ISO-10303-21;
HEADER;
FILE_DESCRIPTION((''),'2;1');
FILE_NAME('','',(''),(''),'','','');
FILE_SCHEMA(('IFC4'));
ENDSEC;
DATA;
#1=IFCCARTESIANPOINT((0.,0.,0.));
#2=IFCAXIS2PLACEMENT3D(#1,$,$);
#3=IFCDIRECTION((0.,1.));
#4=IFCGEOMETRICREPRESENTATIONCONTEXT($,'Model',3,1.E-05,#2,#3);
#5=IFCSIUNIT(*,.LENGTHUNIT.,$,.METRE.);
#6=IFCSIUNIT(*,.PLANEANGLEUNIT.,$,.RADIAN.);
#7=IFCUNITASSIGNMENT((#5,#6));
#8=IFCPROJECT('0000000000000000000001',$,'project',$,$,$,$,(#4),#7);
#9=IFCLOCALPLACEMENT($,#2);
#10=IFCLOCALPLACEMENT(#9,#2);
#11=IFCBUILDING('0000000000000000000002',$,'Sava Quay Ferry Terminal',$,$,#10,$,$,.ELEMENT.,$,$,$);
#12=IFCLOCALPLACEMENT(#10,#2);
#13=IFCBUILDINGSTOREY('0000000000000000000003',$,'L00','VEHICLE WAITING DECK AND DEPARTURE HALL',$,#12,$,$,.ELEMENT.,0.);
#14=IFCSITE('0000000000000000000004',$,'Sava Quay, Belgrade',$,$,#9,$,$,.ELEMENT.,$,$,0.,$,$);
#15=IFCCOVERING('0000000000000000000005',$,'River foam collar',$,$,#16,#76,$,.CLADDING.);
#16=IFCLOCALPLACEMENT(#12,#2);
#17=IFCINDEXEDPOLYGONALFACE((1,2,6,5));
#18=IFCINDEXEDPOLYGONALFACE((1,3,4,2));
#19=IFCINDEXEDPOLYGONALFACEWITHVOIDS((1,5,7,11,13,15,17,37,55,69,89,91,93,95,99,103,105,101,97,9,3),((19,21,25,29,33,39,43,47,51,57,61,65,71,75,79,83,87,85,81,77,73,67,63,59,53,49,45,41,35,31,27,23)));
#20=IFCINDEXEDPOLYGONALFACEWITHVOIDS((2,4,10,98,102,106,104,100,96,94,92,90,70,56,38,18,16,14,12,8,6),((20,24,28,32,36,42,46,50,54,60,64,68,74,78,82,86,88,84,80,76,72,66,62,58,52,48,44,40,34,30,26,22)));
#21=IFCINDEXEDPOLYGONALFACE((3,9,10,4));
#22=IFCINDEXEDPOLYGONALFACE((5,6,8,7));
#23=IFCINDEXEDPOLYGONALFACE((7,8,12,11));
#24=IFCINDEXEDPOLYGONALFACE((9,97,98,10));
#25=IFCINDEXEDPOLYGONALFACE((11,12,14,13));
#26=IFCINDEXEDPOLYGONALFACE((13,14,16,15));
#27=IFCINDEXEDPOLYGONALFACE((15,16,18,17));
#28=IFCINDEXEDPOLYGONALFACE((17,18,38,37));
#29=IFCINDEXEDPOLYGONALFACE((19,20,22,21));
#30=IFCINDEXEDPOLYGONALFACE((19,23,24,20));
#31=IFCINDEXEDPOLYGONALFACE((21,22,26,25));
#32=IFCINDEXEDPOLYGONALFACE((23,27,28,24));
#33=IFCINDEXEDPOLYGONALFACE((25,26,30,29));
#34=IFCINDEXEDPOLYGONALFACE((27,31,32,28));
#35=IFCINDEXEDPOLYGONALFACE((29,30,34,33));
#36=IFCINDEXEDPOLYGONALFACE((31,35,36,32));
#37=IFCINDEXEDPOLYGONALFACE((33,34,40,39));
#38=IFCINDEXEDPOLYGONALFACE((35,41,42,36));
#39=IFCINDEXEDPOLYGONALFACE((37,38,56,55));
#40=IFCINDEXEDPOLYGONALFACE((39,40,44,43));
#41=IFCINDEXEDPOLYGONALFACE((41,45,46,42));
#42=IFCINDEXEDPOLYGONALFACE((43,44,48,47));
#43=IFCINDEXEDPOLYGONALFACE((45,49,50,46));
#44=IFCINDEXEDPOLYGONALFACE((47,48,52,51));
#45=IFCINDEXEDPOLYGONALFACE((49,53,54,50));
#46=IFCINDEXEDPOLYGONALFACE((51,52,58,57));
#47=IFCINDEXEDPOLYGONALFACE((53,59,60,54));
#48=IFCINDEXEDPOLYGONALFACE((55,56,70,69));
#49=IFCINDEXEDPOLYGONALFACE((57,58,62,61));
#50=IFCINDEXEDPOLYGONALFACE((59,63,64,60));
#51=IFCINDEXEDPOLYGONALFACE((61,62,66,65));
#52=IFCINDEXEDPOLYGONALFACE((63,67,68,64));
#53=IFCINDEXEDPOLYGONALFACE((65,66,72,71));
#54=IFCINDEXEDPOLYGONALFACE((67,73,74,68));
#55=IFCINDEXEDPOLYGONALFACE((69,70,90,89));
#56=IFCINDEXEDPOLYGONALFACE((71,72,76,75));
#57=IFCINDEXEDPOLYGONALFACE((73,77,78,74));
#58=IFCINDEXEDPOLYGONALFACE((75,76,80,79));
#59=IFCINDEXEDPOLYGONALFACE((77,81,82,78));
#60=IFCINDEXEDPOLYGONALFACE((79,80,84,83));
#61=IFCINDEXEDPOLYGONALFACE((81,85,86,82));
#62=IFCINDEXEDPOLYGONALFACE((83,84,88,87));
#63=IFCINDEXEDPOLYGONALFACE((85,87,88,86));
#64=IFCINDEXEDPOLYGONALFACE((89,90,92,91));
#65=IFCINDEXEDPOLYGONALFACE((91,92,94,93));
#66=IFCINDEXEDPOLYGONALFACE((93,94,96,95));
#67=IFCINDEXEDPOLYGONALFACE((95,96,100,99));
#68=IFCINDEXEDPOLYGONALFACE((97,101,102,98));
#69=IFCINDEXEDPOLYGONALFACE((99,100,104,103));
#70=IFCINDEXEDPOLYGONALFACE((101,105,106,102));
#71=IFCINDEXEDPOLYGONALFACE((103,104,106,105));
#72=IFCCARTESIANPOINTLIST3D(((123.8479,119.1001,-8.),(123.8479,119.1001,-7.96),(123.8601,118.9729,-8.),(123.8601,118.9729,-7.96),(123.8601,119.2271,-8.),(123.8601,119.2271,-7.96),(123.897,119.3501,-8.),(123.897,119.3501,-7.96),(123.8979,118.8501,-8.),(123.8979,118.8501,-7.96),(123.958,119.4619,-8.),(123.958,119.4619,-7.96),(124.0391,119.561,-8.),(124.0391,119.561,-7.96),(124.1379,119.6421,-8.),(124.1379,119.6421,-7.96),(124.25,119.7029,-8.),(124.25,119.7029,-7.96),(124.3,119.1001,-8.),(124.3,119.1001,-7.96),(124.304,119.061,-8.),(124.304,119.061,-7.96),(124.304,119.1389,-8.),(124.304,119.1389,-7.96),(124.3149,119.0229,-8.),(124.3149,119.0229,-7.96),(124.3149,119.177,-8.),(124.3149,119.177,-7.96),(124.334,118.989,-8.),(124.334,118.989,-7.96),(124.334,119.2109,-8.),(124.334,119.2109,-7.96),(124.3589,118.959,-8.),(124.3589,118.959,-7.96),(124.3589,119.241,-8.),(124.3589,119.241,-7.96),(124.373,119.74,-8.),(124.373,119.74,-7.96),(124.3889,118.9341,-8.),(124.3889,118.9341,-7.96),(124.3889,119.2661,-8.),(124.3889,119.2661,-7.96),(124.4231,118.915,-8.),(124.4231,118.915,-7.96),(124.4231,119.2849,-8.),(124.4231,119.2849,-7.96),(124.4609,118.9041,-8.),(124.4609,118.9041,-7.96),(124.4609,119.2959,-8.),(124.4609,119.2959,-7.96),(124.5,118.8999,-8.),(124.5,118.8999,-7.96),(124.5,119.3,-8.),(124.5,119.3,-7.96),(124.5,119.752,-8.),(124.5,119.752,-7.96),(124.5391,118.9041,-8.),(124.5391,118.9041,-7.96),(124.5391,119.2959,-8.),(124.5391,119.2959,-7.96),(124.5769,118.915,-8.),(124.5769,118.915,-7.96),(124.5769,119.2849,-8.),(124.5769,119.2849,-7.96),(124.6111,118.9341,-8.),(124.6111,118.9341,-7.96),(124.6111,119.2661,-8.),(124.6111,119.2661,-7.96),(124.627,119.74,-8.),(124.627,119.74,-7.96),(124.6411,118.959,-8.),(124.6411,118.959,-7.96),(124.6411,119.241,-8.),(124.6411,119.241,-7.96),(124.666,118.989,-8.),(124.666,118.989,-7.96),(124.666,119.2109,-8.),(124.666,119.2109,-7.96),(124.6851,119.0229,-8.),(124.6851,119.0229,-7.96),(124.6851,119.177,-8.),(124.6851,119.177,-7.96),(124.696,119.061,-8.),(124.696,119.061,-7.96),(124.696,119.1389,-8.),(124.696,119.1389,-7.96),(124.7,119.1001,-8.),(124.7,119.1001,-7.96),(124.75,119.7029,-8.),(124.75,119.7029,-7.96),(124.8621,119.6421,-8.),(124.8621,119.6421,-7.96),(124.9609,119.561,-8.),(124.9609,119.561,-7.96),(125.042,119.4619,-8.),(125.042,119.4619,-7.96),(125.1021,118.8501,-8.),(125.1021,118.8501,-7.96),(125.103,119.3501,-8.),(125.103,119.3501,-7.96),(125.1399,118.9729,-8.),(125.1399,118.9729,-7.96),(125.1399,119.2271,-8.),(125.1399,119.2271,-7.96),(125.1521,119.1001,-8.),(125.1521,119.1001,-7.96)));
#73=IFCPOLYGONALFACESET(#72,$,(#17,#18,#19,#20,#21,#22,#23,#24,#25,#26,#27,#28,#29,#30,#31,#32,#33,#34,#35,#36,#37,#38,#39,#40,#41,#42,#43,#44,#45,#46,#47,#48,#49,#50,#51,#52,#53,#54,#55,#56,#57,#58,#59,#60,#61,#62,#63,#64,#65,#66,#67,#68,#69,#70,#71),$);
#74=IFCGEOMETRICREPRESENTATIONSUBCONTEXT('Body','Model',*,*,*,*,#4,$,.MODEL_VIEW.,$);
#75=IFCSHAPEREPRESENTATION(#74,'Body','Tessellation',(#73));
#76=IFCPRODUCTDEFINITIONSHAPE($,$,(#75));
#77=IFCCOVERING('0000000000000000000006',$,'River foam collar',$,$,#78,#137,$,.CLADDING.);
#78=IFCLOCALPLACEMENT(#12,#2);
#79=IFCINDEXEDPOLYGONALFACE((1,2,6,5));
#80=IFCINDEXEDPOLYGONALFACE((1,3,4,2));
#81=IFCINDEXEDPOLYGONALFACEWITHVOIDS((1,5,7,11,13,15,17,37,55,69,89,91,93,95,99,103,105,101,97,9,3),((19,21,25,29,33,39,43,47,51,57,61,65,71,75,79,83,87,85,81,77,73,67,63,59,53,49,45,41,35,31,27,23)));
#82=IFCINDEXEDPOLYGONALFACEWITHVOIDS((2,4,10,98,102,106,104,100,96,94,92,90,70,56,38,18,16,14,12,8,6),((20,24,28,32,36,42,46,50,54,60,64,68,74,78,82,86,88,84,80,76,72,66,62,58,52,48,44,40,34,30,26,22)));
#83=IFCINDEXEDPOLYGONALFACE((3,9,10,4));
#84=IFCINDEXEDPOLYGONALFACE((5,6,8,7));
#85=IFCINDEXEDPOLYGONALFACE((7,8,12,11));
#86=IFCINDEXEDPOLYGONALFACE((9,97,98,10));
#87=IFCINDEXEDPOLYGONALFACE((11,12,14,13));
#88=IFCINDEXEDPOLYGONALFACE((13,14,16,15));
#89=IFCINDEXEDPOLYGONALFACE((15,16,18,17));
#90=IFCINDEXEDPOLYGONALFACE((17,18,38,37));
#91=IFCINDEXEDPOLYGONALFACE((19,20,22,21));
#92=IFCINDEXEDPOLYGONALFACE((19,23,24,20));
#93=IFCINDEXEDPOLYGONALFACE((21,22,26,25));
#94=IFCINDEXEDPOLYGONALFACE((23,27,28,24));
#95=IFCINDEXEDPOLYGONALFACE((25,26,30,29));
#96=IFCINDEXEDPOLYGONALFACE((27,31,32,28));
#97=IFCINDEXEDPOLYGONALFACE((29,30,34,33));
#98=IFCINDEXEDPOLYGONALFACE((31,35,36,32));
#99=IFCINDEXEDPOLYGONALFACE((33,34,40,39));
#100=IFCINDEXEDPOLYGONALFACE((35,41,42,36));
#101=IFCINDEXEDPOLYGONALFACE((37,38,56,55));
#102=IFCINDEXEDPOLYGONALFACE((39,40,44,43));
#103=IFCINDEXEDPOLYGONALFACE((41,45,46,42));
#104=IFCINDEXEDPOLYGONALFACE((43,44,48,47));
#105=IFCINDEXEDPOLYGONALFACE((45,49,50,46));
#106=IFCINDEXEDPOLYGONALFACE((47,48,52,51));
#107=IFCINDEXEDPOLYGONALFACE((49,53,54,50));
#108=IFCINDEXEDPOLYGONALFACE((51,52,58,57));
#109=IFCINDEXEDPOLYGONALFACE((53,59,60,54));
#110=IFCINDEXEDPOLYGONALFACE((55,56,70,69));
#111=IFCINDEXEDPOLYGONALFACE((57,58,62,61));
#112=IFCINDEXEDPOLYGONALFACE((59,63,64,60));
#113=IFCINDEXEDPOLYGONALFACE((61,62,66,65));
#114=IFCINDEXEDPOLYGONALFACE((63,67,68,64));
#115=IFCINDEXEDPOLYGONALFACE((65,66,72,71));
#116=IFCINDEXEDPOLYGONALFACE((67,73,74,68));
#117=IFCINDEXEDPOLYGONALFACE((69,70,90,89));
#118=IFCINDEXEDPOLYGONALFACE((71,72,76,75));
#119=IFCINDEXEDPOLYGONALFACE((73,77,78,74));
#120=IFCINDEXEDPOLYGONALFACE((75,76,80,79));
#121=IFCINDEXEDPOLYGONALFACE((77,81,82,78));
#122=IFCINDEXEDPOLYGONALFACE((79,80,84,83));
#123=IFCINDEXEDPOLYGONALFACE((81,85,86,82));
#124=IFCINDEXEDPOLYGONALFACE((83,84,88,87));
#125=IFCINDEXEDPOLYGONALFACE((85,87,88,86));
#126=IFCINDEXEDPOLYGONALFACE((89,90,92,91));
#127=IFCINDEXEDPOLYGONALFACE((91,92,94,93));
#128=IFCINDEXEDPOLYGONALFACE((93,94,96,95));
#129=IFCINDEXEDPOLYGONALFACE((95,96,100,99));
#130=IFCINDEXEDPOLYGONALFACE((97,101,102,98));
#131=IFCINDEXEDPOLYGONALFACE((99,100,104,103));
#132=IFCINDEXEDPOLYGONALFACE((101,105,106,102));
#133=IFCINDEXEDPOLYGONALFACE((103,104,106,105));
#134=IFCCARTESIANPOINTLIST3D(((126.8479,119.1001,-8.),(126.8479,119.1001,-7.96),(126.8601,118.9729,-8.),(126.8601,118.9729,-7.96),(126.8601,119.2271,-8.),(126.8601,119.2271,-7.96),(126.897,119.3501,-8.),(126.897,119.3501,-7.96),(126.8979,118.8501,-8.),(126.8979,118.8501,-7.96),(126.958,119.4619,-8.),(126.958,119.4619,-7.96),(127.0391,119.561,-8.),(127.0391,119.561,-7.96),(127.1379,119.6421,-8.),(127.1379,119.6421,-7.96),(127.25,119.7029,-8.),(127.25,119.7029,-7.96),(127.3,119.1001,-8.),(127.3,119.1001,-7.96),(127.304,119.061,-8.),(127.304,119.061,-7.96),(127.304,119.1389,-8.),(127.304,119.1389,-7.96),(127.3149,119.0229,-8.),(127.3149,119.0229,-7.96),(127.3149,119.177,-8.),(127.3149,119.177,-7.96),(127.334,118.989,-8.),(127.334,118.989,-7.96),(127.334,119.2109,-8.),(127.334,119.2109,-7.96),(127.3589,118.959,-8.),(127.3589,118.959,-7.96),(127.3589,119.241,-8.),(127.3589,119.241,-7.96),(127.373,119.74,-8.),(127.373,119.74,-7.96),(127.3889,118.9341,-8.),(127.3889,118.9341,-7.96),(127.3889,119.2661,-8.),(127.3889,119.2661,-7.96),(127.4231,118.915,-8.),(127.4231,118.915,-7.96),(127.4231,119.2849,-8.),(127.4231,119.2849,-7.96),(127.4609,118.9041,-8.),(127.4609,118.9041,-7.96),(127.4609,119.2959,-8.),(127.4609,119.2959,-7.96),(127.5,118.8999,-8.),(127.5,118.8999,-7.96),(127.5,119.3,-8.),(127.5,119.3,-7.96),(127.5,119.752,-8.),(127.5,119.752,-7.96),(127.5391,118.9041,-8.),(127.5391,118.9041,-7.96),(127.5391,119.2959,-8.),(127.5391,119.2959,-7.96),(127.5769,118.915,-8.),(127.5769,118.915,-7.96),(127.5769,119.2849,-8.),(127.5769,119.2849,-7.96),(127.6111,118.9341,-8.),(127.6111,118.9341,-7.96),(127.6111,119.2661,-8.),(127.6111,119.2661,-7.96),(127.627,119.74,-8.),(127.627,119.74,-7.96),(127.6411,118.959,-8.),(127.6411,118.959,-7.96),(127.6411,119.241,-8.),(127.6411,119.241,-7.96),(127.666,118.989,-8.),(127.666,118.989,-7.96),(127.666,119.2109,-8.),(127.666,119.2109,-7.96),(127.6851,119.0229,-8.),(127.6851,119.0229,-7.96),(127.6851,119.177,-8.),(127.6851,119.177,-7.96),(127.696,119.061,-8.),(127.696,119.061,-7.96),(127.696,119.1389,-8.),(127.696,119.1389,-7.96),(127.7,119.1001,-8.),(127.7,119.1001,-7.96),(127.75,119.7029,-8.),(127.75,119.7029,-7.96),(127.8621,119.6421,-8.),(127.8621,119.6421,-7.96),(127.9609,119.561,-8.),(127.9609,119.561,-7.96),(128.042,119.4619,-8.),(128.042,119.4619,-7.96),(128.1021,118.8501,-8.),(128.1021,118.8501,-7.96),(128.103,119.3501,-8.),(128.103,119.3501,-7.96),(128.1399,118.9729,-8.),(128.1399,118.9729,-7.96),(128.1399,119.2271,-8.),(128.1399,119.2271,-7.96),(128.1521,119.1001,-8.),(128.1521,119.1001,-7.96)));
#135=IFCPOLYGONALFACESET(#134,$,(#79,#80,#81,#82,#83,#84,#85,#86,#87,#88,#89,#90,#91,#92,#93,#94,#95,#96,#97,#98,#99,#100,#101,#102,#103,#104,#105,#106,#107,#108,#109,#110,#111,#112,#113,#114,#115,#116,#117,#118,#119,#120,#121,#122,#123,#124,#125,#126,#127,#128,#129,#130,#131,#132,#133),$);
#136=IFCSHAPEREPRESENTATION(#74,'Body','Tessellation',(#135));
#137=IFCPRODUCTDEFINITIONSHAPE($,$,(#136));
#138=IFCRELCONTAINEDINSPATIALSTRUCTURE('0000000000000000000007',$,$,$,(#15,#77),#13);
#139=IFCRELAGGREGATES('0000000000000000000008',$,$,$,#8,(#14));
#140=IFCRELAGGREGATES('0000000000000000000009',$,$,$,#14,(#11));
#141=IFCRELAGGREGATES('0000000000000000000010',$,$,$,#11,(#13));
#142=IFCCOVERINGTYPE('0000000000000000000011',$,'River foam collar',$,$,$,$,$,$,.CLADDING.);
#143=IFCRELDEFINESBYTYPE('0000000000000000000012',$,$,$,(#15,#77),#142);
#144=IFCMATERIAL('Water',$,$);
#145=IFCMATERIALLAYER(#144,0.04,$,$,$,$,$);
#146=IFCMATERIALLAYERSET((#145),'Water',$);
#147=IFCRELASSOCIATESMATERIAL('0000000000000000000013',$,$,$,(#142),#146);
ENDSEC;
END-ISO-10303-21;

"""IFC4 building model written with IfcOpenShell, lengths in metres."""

from ifc_helpers import new_model, si_unit, direction, frame, origin, place, context, subcontext, project, spatial, polyline, outline, extrude, material, layer, layer_set, type_object, element, save


model = new_model("IFC4")

# Units and contexts
model_context = context("Model", 3, precision=1e-05, world=origin(), true_north=direction((0.0, 1.0)))
body_context = subcontext(model_context, "Body", "Model", "MODEL_VIEW")
ifc_project = project(units=[si_unit("LENGTHUNIT", "METRE"), si_unit("PLANEANGLEUNIT", "RADIAN")], contexts=[model_context])

# Site, building, storey
site_placement = place(None, origin())
site = spatial("IfcSite", under=ifc_project, at=site_placement, Name="Sava Quay, Belgrade", CompositionType="ELEMENT", RefElevation=0.0)
building_placement = place(site_placement, origin())
building = spatial("IfcBuilding", under=site, at=building_placement, Name="Sava Quay Ferry Terminal", CompositionType="ELEMENT")
storey_placement = place(building_placement, origin())
storey = spatial("IfcBuildingStorey", under=building, at=storey_placement, Name="L00", Description="VEHICLE WAITING DECK AND DEPARTURE HALL", CompositionType="ELEMENT", Elevation=0.0)

# Coverings
ifc_material = material(Name="Water")
ifc_layer = layer(ifc_material, 0.04)
ifc_layer_set = layer_set([ifc_layer], Name="Water")
covering_type = type_object("IfcCoveringType", Name="River foam collar", PredefinedType="CLADDING", material=ifc_layer_set)
covering_1_placement = place(storey_placement, frame((0.0, 0.0, -8.0)))
element("IfcCovering", 1, at=covering_1_placement, inside=storey, type_object=covering_type, Name="River foam collar", PredefinedType="CLADDING", context=body_context, shape_type="SweptSolid", body=[
    extrude(outline(polyline([(124.5, 119.752), (124.373, 119.74), (124.25, 119.7029), (124.1379, 119.6421), (124.0391, 119.561), (123.958, 119.4619), (123.897, 119.3501), (123.8601, 119.2271), (123.8479, 119.1001), (123.8601, 118.9729), (123.8979, 118.8501), (125.1021, 118.8501), (125.1399, 118.9729), (125.1521, 119.1001), (125.1399, 119.2271), (125.103, 119.3501), (125.042, 119.4619), (124.9609, 119.561), (124.8621, 119.6421), (124.75, 119.7029), (124.627, 119.74), (124.5, 119.752)]), holes=[polyline([(124.6851, 119.177), (124.696, 119.1389), (124.7, 119.1001), (124.696, 119.061), (124.6851, 119.0229), (124.666, 118.989), (124.6411, 118.959), (124.6111, 118.9341), (124.5769, 118.915), (124.5391, 118.9041), (124.5, 118.8999), (124.4609, 118.9041), (124.4231, 118.915), (124.3889, 118.9341), (124.3589, 118.959), (124.334, 118.989), (124.3149, 119.0229), (124.304, 119.061), (124.3, 119.1001), (124.304, 119.1389), (124.3149, 119.177), (124.334, 119.2109), (124.3589, 119.241), (124.3889, 119.2661), (124.4231, 119.2849), (124.4609, 119.2959), (124.5, 119.3), (124.5391, 119.2959), (124.5769, 119.2849), (124.6111, 119.2661), (124.6411, 119.241), (124.666, 119.2109), (124.6851, 119.177)])]), origin(), (0.0, 0.0, 1.0), 0.04),
])
covering_2_placement = place(storey_placement, frame((0.0, 0.0, -8.0)))
element("IfcCovering", 2, at=covering_2_placement, inside=storey, type_object=covering_type, Name="River foam collar", PredefinedType="CLADDING", context=body_context, shape_type="SweptSolid", body=[
    extrude(outline(polyline([(127.627, 119.74), (127.5, 119.752), (127.373, 119.74), (127.25, 119.7029), (127.1379, 119.6421), (127.0391, 119.561), (126.958, 119.4619), (126.897, 119.3501), (126.8601, 119.2271), (126.8479, 119.1001), (126.8601, 118.9729), (126.8979, 118.8501), (128.1021, 118.8501), (128.1399, 118.9729), (128.1521, 119.1001), (128.1399, 119.2271), (128.103, 119.3501), (128.042, 119.4619), (127.9609, 119.561), (127.8621, 119.6421), (127.75, 119.7029), (127.627, 119.74)]), holes=[polyline([(127.666, 119.2109), (127.6851, 119.177), (127.696, 119.1389), (127.7, 119.1001), (127.696, 119.061), (127.6851, 119.0229), (127.666, 118.989), (127.6411, 118.959), (127.6111, 118.9341), (127.5769, 118.915), (127.5391, 118.9041), (127.5, 118.8999), (127.4609, 118.9041), (127.4231, 118.915), (127.3889, 118.9341), (127.3589, 118.959), (127.334, 118.989), (127.3149, 119.0229), (127.304, 119.061), (127.3, 119.1001), (127.304, 119.1389), (127.3149, 119.177), (127.334, 119.2109), (127.3589, 119.241), (127.3889, 119.2661), (127.4231, 119.2849), (127.4609, 119.2959), (127.5, 119.3), (127.5391, 119.2959), (127.5769, 119.2849), (127.6111, 119.2661), (127.6411, 119.241), (127.666, 119.2109)])]), origin(), (0.0, 0.0, 1.0), 0.04),
])

save(model, "model.ifc")
